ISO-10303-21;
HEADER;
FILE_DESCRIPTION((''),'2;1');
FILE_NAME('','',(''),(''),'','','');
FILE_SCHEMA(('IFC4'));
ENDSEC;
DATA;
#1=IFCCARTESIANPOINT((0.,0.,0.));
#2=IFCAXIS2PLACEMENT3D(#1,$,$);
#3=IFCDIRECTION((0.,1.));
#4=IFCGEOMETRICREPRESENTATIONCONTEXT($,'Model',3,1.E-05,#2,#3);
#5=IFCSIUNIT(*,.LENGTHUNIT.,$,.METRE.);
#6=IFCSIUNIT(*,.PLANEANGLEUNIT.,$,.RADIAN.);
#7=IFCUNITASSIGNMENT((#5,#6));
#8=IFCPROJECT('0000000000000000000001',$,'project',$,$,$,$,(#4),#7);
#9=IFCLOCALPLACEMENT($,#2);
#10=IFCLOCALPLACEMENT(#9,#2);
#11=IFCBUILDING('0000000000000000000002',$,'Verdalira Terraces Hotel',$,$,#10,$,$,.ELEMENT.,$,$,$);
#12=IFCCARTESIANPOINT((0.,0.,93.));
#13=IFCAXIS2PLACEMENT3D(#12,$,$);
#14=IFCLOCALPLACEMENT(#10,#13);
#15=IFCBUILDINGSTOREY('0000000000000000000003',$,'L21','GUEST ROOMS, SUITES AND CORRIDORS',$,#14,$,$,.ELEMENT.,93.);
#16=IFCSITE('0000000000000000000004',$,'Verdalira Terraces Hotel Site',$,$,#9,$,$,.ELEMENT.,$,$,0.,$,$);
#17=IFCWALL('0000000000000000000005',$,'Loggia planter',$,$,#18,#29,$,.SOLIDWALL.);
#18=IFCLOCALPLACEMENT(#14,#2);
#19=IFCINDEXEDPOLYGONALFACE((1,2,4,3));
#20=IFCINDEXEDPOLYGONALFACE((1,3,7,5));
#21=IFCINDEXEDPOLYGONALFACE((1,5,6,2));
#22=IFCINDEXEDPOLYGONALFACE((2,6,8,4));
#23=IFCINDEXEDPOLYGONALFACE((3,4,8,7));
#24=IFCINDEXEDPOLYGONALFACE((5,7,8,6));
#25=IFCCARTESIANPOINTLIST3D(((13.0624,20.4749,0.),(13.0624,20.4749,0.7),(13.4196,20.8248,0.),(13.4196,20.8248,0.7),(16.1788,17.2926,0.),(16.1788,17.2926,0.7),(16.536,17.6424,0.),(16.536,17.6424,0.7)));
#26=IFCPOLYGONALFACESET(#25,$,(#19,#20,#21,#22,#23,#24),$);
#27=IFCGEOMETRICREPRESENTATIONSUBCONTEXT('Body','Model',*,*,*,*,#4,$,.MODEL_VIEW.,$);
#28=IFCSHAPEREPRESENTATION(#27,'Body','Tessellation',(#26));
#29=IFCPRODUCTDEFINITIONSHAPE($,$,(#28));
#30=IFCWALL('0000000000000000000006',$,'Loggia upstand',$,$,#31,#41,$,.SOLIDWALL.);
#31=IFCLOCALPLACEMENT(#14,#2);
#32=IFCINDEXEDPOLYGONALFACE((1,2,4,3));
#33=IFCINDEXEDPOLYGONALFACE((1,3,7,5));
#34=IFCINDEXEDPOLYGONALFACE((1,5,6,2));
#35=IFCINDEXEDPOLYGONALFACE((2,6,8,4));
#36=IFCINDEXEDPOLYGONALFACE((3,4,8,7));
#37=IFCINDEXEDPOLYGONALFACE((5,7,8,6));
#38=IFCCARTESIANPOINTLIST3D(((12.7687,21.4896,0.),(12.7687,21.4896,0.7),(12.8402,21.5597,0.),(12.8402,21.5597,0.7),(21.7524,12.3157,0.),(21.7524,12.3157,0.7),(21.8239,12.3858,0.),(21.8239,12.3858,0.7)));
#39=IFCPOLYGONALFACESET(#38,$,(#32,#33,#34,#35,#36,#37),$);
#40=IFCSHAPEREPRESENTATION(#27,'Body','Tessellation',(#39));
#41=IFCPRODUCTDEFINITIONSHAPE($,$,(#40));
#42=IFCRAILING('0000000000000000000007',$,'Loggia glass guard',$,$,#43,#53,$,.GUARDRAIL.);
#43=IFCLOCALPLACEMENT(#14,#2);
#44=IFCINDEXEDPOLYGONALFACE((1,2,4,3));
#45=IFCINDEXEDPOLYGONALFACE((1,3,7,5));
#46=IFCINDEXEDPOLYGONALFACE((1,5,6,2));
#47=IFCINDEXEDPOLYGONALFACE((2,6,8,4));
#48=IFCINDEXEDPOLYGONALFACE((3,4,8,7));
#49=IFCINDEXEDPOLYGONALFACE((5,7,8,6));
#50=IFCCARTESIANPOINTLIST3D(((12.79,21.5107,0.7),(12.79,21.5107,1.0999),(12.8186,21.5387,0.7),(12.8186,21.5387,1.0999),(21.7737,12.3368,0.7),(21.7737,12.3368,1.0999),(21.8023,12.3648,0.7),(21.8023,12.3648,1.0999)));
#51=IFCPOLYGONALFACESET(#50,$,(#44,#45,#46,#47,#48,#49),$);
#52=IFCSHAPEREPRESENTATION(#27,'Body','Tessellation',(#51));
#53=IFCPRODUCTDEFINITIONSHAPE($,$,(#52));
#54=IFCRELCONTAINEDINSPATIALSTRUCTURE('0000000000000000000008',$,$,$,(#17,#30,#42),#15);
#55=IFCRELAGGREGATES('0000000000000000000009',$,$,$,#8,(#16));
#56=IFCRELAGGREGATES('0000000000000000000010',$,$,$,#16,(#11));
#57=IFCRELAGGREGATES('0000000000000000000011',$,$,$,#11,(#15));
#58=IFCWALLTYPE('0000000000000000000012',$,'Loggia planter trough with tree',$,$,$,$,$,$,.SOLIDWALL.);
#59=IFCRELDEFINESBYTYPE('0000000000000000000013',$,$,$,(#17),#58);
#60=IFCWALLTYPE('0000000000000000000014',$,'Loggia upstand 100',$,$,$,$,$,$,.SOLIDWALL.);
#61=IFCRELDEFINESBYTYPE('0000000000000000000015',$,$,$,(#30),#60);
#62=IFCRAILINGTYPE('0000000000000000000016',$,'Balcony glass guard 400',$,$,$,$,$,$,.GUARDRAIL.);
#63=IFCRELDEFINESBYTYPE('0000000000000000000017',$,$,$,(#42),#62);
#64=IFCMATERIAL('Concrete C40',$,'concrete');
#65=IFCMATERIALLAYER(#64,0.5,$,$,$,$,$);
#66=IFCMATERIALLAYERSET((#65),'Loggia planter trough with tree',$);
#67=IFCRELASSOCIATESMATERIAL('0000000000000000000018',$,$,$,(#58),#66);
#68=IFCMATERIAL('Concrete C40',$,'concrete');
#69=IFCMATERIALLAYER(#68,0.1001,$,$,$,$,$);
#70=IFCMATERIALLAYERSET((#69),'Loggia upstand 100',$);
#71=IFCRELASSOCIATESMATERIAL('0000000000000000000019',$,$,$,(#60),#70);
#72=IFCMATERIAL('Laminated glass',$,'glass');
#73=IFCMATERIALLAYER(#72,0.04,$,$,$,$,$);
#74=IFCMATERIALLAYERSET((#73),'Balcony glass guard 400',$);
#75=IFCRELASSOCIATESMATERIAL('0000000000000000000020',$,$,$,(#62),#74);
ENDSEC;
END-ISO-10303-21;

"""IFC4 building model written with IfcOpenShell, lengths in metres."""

from ifc_helpers import new_model, si_unit, direction, frame, frame_2d, origin, origin_2d, place, context, subcontext, project, spatial, rectangle, extrude, material, layer, layer_set, type_object, element, save


model = new_model("IFC4")

# Units and contexts
model_context = context("Model", 3, precision=1e-05, world=origin(), true_north=direction((0.0, 1.0)))
body_context = subcontext(model_context, "Body", "Model", "MODEL_VIEW")
ifc_project = project(units=[si_unit("LENGTHUNIT", "METRE"), si_unit("PLANEANGLEUNIT", "RADIAN")], contexts=[model_context])

# Site, building, storey
site_placement = place(None, origin())
site = spatial("IfcSite", under=ifc_project, at=site_placement, Name="Verdalira Terraces Hotel Site", CompositionType="ELEMENT", RefElevation=0.0)
building_placement = place(site_placement, origin())
building = spatial("IfcBuilding", under=site, at=building_placement, Name="Verdalira Terraces Hotel", CompositionType="ELEMENT")
storey_placement = place(building_placement, frame((0.0, 0.0, 93.0)))
storey = spatial("IfcBuildingStorey", under=building, at=storey_placement, Name="L21", Description="GUEST ROOMS, SUITES AND CORRIDORS", CompositionType="ELEMENT", Elevation=93.0)

# Walls
ifc_material_1 = material(Name="Concrete C40", Category="concrete")
ifc_layer_1 = layer(ifc_material_1, 0.5)
ifc_layer_set_1 = layer_set([ifc_layer_1], Name="Loggia planter trough with tree")
wall_type_1 = type_object("IfcWallType", Name="Loggia planter trough with tree", PredefinedType="SOLIDWALL", material=ifc_layer_set_1)
wall_1_placement = place(storey_placement, frame((16.3574, 17.4675, 0.0), z_axis=(0.0, 0.0, 1.0), x_axis=(-0.699669, 0.714468, 0.0)))
element("IfcWall", 1, at=wall_1_placement, inside=storey, type_object=wall_type_1, Name="Loggia planter", PredefinedType="SOLIDWALL", context=body_context, shape_type="SweptSolid", body=[
    extrude(rectangle(XDim=4.4541, YDim=0.5, at=frame_2d((2.2271, 0.0))), origin(), (0.0, 0.0, 1.0), 0.7),
])
ifc_material_2 = material(Name="Concrete C40", Category="concrete")
ifc_layer_2 = layer(ifc_material_2, 0.1001)
ifc_layer_set_2 = layer_set([ifc_layer_2], Name="Loggia upstand 100")
wall_type_2 = type_object("IfcWallType", Name="Loggia upstand 100", PredefinedType="SOLIDWALL", material=ifc_layer_set_2)
wall_2_placement = place(storey_placement, frame((21.7881, 12.3508, 0.0), z_axis=(0.0, 0.0, 1.0), x_axis=(-0.699662, 0.714474, 0.0)))
element("IfcWall", 2, at=wall_2_placement, inside=storey, type_object=wall_type_2, Name="Loggia upstand", PredefinedType="SOLIDWALL", context=body_context, shape_type="SweptSolid", body=[
    extrude(rectangle(XDim=12.8401, YDim=0.1001, at=frame_2d((6.4199, 0.0))), origin(), (0.0, 0.0, 1.0), 0.7),
])

# Railing
ifc_material_3 = material(Name="Laminated glass", Category="glass")
ifc_layer_3 = layer(ifc_material_3, 0.04)
ifc_layer_set_3 = layer_set([ifc_layer_3], Name="Balcony glass guard 400")
railing_type = type_object("IfcRailingType", Name="Balcony glass guard 400", PredefinedType="GUARDRAIL", material=ifc_layer_set_3)
railing_placement = place(storey_placement, frame((17.2961, 16.9377, 0.7), z_axis=(0.0, 0.0, 1.0), x_axis=(-0.699663, 0.714473, 0.0)))
element("IfcRailing", 3, at=railing_placement, inside=storey, type_object=railing_type, Name="Loggia glass guard", PredefinedType="GUARDRAIL", context=body_context, shape_type="SweptSolid", body=[
    extrude(rectangle(XDim=12.8401, YDim=0.04, at=origin_2d()), origin(), (0.0, 0.0, 1.0), 0.3999),
])

save(model, "model.ifc")
